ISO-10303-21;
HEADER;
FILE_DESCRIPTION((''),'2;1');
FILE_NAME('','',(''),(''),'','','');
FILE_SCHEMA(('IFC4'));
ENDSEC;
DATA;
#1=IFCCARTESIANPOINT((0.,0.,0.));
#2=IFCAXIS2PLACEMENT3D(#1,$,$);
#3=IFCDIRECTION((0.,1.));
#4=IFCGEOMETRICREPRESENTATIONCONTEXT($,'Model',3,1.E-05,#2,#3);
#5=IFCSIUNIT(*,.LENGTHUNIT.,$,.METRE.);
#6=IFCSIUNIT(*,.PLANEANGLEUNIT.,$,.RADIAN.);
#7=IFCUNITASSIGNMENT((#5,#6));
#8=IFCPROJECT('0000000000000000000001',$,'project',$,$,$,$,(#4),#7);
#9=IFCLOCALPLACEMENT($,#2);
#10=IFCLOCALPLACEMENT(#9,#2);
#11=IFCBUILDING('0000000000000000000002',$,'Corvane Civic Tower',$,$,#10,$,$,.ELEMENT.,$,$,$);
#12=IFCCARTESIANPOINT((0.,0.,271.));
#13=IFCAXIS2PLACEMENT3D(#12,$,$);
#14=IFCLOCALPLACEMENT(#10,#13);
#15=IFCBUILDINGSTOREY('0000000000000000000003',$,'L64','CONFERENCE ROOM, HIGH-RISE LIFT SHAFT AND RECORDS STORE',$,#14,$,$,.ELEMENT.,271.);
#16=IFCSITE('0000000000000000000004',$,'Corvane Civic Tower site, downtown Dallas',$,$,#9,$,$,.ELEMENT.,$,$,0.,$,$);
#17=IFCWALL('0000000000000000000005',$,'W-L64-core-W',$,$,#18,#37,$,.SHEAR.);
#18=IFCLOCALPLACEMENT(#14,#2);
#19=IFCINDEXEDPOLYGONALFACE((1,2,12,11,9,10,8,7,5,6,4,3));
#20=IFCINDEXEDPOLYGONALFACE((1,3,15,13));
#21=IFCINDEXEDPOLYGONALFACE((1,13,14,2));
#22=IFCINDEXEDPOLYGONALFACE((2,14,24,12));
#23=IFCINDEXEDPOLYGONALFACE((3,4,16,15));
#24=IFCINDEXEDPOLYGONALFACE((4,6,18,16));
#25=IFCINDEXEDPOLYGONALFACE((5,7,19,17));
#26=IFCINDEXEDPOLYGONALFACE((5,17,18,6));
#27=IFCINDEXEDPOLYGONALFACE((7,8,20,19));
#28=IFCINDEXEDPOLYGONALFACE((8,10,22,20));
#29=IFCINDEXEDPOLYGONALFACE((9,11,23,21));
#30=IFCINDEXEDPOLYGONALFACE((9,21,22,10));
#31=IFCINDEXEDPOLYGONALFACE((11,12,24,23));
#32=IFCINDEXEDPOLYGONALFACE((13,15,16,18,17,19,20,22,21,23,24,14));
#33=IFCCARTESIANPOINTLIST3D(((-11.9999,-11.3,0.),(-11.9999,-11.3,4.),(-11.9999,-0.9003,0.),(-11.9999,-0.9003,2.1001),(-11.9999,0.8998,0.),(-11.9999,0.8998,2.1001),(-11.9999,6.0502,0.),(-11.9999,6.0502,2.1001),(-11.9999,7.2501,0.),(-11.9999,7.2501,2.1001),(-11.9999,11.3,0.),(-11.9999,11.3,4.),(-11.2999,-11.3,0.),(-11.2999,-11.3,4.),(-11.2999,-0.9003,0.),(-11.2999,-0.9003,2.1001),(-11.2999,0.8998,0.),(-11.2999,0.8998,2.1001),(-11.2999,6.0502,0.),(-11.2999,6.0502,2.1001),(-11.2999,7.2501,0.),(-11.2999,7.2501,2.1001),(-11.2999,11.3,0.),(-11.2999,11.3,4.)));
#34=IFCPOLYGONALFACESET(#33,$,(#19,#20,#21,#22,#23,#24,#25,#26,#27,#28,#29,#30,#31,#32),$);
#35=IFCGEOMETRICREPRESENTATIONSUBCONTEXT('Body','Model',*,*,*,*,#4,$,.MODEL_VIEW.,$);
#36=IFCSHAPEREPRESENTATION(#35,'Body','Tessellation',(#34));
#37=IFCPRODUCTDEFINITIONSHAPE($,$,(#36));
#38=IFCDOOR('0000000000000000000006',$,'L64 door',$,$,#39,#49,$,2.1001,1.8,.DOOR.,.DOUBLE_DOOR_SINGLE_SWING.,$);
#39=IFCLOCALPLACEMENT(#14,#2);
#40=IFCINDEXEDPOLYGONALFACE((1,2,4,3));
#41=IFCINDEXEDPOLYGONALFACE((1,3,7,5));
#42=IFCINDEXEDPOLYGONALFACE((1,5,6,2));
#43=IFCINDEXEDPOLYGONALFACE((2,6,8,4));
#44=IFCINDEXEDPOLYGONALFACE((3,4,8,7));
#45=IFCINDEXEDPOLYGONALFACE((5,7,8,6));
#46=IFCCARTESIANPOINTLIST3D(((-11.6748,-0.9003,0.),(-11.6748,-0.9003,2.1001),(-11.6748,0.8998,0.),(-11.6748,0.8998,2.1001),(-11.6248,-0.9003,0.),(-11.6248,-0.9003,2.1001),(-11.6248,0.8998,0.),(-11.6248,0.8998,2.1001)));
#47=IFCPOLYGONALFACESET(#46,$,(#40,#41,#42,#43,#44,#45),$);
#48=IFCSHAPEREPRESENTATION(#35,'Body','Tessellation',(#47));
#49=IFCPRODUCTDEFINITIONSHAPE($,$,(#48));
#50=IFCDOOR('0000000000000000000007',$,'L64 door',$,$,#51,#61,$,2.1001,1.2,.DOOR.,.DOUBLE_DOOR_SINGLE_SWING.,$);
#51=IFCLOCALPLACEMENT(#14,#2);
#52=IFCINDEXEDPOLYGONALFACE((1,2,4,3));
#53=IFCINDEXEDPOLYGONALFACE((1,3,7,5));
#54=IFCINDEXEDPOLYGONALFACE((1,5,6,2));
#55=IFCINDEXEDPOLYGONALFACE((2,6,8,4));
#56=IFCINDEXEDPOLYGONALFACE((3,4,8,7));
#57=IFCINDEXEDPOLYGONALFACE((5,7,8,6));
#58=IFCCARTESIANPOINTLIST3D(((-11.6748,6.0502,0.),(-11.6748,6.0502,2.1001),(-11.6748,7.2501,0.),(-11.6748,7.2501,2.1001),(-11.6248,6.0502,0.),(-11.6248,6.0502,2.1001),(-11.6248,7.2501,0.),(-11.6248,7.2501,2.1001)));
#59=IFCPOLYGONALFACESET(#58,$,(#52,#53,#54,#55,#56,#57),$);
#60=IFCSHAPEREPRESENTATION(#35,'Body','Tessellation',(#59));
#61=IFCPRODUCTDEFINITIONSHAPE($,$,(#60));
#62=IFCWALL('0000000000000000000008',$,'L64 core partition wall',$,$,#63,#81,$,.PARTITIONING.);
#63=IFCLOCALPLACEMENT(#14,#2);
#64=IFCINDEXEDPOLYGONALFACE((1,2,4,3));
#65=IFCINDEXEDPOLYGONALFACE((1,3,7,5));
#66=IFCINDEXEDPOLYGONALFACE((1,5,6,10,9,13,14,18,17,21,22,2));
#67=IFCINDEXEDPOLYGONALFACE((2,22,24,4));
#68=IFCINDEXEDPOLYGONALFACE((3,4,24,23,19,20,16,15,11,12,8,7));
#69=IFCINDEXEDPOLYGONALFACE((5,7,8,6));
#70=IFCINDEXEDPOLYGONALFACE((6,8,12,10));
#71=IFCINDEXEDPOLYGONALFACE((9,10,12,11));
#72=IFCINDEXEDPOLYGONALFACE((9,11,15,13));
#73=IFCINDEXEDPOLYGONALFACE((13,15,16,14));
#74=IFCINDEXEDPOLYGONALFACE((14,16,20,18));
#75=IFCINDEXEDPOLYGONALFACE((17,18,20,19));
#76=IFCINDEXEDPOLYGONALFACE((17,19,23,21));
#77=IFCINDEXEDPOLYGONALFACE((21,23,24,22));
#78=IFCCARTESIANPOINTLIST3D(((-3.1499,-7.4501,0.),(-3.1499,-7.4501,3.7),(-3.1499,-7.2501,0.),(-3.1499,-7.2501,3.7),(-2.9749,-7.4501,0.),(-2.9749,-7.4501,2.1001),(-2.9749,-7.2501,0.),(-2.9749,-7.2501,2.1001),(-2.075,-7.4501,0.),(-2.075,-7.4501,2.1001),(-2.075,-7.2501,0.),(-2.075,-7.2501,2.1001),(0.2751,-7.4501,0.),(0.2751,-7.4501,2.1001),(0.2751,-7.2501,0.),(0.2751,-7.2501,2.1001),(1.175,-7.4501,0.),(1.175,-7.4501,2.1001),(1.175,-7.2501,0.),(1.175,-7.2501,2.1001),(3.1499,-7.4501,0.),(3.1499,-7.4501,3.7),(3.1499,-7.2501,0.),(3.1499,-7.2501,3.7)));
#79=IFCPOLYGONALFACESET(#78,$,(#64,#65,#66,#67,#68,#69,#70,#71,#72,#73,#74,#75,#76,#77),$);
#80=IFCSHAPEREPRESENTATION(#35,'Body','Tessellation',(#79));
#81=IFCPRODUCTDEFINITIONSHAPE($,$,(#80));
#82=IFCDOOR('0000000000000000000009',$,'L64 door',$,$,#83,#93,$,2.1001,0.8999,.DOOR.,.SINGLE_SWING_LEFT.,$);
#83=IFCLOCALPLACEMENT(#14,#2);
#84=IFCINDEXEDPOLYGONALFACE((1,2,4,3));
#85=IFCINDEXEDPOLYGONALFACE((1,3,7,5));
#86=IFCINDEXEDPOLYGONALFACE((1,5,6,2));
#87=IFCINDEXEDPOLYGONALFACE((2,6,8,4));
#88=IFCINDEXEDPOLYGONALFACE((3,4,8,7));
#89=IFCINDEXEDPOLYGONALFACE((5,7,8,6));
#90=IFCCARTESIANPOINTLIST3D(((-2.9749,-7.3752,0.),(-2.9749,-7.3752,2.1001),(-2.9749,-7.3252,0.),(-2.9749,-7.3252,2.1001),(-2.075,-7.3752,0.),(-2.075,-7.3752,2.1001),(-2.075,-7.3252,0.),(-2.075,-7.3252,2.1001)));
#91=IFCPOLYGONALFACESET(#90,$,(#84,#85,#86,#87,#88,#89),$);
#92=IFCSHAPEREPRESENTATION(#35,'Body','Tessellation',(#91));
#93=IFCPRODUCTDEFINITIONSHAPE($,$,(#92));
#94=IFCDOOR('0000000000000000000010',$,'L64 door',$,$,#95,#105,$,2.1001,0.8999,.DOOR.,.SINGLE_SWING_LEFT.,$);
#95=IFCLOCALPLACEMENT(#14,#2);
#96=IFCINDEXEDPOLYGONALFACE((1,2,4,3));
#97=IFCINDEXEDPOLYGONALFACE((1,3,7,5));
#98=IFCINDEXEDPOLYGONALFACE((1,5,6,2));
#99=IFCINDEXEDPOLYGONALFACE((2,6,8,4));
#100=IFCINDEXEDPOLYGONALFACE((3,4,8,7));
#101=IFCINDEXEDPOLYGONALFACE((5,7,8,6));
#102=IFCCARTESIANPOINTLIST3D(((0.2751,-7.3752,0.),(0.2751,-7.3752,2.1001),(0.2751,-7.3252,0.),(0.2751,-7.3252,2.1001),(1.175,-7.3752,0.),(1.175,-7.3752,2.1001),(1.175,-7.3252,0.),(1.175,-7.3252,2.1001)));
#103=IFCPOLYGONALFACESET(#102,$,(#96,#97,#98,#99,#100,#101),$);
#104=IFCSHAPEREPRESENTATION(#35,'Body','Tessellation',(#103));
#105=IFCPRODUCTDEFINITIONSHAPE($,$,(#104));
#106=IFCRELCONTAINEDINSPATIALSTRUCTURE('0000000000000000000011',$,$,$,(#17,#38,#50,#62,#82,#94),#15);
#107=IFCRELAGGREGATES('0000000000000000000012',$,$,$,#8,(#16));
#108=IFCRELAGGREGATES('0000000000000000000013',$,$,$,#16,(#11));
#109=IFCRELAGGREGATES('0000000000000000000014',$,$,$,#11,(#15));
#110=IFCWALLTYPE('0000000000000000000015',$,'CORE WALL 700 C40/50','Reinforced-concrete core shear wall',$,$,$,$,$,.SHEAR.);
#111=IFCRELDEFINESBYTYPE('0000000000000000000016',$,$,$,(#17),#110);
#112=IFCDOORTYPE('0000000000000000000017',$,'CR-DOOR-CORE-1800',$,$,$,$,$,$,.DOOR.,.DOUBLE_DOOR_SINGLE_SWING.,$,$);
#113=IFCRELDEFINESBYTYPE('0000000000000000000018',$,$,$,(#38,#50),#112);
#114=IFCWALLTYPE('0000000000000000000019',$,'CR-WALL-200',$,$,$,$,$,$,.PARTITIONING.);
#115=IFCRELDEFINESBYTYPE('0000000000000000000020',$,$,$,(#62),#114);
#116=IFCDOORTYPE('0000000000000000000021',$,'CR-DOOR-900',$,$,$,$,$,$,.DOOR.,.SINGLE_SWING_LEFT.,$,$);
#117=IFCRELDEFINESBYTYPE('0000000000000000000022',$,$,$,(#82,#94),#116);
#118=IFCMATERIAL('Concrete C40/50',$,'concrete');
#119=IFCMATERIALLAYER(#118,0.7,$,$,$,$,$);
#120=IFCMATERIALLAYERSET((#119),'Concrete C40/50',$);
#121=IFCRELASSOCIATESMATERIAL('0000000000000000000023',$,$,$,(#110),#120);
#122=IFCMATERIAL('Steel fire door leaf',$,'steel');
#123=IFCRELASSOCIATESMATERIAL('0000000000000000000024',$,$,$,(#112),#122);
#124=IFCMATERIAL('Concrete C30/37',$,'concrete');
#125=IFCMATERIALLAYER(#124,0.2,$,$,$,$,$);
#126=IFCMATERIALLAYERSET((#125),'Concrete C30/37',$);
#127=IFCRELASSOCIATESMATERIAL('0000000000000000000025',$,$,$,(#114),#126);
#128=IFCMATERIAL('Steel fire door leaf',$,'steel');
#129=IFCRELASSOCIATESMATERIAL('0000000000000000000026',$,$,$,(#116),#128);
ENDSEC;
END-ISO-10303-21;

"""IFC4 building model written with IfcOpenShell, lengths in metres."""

from ifc_helpers import new_model, si_unit, direction, frame, frame_2d, origin, place, context, subcontext, project, spatial, rectangle, extrude, material, layer, layer_set, type_object, element, fill, save


model = new_model("IFC4")

# Units and contexts
model_context = context("Model", 3, precision=1e-05, world=origin(), true_north=direction((0.0, 1.0)))
body_context = subcontext(model_context, "Body", "Model", "MODEL_VIEW")
ifc_project = project(units=[si_unit("LENGTHUNIT", "METRE"), si_unit("PLANEANGLEUNIT", "RADIAN")], contexts=[model_context])

# Site, building, storey
site_placement = place(None, origin())
site = spatial("IfcSite", under=ifc_project, at=site_placement, Name="Corvane Civic Tower site, downtown Dallas", CompositionType="ELEMENT", RefElevation=0.0)
building_placement = place(site_placement, origin())
building = spatial("IfcBuilding", under=site, at=building_placement, Name="Corvane Civic Tower", CompositionType="ELEMENT")
storey_placement = place(building_placement, frame((0.0, 0.0, 271.0)))
storey = spatial("IfcBuildingStorey", under=building, at=storey_placement, Name="L64", Description="CONFERENCE ROOM, HIGH-RISE LIFT SHAFT AND RECORDS STORE", CompositionType="ELEMENT", Elevation=271.0)

# Walls, openings, doors
ifc_material_1 = material(Name="Concrete C40/50", Category="concrete")
ifc_layer_1 = layer(ifc_material_1, 0.7)
ifc_layer_set_1 = layer_set([ifc_layer_1], Name="Concrete C40/50")
wall_type_1 = type_object("IfcWallType", Name="CORE WALL 700 C40/50", Description="Reinforced-concrete core shear wall", PredefinedType="SHEAR", material=ifc_layer_set_1)
wall_1_placement = place(storey_placement, frame((-11.6499, -11.3, 0.0), z_axis=(0.0, 0.0, 1.0), x_axis=(0.0, 1.0, 0.0)))
wall_1 = element("IfcWall", 1, at=wall_1_placement, inside=storey, type_object=wall_type_1, Name="W-L64-core-W", PredefinedType="SHEAR", context=body_context, shape_type="SweptSolid", body=[
    extrude(rectangle(XDim=22.6001, YDim=0.7, at=frame_2d((11.3, 0.0))), origin(), (0.0, 0.0, 1.0), 4.0),
])
opening_1_placement = place(wall_1_placement, frame((10.3999, 0.0, 0.0)))
opening_1 = element("IfcOpeningElement", 2, at=opening_1_placement, cuts=wall_1, PredefinedType="OPENING", context=body_context, shape_type="SweptSolid", body=[
    extrude(rectangle(XDim=1.8, YDim=2.1001, at=frame_2d((0.8999, 1.05))), frame((0.0, 0.3599, 0.0), z_axis=(0.0, -1.0, 0.0), x_axis=(1.0, 0.0, 0.0)), (0.0, 0.0, 1.0), 0.72),
])
opening_2_placement = place(wall_1_placement, frame((17.3501, 0.0, 0.0)))
opening_2 = element("IfcOpeningElement", 3, at=opening_2_placement, cuts=wall_1, PredefinedType="OPENING", context=body_context, shape_type="SweptSolid", body=[
    extrude(rectangle(XDim=1.2, YDim=2.1001, at=frame_2d((0.6001, 1.05))), frame((0.0, 0.3599, 0.0), z_axis=(0.0, -1.0, 0.0), x_axis=(1.0, 0.0, 0.0)), (0.0, 0.0, 1.0), 0.72),
])
ifc_material_2 = material(Name="Steel fire door leaf", Category="steel")
door_type_1 = type_object("IfcDoorType", Name="CR-DOOR-CORE-1800", OperationType="DOUBLE_DOOR_SINGLE_SWING", PredefinedType="DOOR", material=ifc_material_2)
door_1_placement = place(opening_1_placement, origin())
door_1 = element("IfcDoor", 4, at=door_1_placement, inside=storey, type_object=door_type_1, Name="L64 door", OperationType="DOUBLE_DOOR_SINGLE_SWING", OverallHeight=2.1001, OverallWidth=1.8, PredefinedType="DOOR", context=body_context, shape_type="SweptSolid", body=[
    extrude(rectangle(XDim=1.8, YDim=2.1001, at=frame_2d((0.8999, 1.05))), frame((0.0, 0.0249, 0.0), z_axis=(0.0, -1.0, 0.0), x_axis=(1.0, 0.0, 0.0)), (0.0, 0.0, 1.0), 0.05),
])
fill(opening_1, door_1)
door_2_placement = place(opening_2_placement, origin())
door_2 = element("IfcDoor", 5, at=door_2_placement, inside=storey, type_object=door_type_1, Name="L64 door", OperationType="DOUBLE_DOOR_SINGLE_SWING", OverallHeight=2.1001, OverallWidth=1.2, PredefinedType="DOOR", context=body_context, shape_type="SweptSolid", body=[
    extrude(rectangle(XDim=1.2, YDim=2.1001, at=frame_2d((0.6001, 1.05))), frame((0.0, 0.0249, 0.0), z_axis=(0.0, -1.0, 0.0), x_axis=(1.0, 0.0, 0.0)), (0.0, 0.0, 1.0), 0.05),
])
fill(opening_2, door_2)
ifc_material_3 = material(Name="Concrete C30/37", Category="concrete")
ifc_layer_2 = layer(ifc_material_3, 0.2)
ifc_layer_set_2 = layer_set([ifc_layer_2], Name="Concrete C30/37")
wall_type_2 = type_object("IfcWallType", Name="CR-WALL-200", PredefinedType="PARTITIONING", material=ifc_layer_set_2)
wall_2_placement = place(storey_placement, frame((-3.1499, -7.3501, 0.0), z_axis=(0.0, 0.0, 1.0), x_axis=(1.0, 0.0, 0.0)))
wall_2 = element("IfcWall", 6, at=wall_2_placement, inside=storey, type_object=wall_type_2, Name="L64 core partition wall", PredefinedType="PARTITIONING", context=body_context, shape_type="SweptSolid", body=[
    extrude(rectangle(XDim=6.2998, YDim=0.2, at=frame_2d((3.1499, 0.0))), origin(), (0.0, 0.0, 1.0), 3.7),
])
opening_3_placement = place(wall_2_placement, frame((0.175, 0.0, 0.0)))
opening_3 = element("IfcOpeningElement", 7, at=opening_3_placement, cuts=wall_2, PredefinedType="OPENING", context=body_context, shape_type="SweptSolid", body=[
    extrude(rectangle(XDim=0.8999, YDim=2.1001, at=frame_2d((0.45, 1.05))), frame((0.0, 0.1099, 0.0), z_axis=(0.0, -1.0, 0.0), x_axis=(1.0, 0.0, 0.0)), (0.0, 0.0, 1.0), 0.22),
])
opening_4_placement = place(wall_2_placement, frame((3.425, 0.0, 0.0)))
opening_4 = element("IfcOpeningElement", 8, at=opening_4_placement, cuts=wall_2, PredefinedType="OPENING", context=body_context, shape_type="SweptSolid", body=[
    extrude(rectangle(XDim=0.8999, YDim=2.1001, at=frame_2d((0.45, 1.05))), frame((0.0, 0.1099, 0.0), z_axis=(0.0, -1.0, 0.0), x_axis=(1.0, 0.0, 0.0)), (0.0, 0.0, 1.0), 0.22),
])
ifc_material_4 = material(Name="Steel fire door leaf", Category="steel")
door_type_2 = type_object("IfcDoorType", Name="CR-DOOR-900", OperationType="SINGLE_SWING_LEFT", PredefinedType="DOOR", material=ifc_material_4)
door_3_placement = place(opening_3_placement, origin())
door_3 = element("IfcDoor", 9, at=door_3_placement, inside=storey, type_object=door_type_2, Name="L64 door", OperationType="SINGLE_SWING_LEFT", OverallHeight=2.1001, OverallWidth=0.8999, PredefinedType="DOOR", context=body_context, shape_type="SweptSolid", body=[
    extrude(rectangle(XDim=0.8999, YDim=2.1001, at=frame_2d((0.45, 1.05))), frame((0.0, 0.0249, 0.0), z_axis=(0.0, -1.0, 0.0), x_axis=(1.0, 0.0, 0.0)), (0.0, 0.0, 1.0), 0.05),
])
fill(opening_3, door_3)
door_4_placement = place(opening_4_placement, origin())
door_4 = element("IfcDoor", 10, at=door_4_placement, inside=storey, type_object=door_type_2, Name="L64 door", OperationType="SINGLE_SWING_LEFT", OverallHeight=2.1001, OverallWidth=0.8999, PredefinedType="DOOR", context=body_context, shape_type="SweptSolid", body=[
    extrude(rectangle(XDim=0.8999, YDim=2.1001, at=frame_2d((0.45, 1.05))), frame((0.0, 0.0249, 0.0), z_axis=(0.0, -1.0, 0.0), x_axis=(1.0, 0.0, 0.0)), (0.0, 0.0, 1.0), 0.05),
])
fill(opening_4, door_4)

save(model, "model.ifc")
